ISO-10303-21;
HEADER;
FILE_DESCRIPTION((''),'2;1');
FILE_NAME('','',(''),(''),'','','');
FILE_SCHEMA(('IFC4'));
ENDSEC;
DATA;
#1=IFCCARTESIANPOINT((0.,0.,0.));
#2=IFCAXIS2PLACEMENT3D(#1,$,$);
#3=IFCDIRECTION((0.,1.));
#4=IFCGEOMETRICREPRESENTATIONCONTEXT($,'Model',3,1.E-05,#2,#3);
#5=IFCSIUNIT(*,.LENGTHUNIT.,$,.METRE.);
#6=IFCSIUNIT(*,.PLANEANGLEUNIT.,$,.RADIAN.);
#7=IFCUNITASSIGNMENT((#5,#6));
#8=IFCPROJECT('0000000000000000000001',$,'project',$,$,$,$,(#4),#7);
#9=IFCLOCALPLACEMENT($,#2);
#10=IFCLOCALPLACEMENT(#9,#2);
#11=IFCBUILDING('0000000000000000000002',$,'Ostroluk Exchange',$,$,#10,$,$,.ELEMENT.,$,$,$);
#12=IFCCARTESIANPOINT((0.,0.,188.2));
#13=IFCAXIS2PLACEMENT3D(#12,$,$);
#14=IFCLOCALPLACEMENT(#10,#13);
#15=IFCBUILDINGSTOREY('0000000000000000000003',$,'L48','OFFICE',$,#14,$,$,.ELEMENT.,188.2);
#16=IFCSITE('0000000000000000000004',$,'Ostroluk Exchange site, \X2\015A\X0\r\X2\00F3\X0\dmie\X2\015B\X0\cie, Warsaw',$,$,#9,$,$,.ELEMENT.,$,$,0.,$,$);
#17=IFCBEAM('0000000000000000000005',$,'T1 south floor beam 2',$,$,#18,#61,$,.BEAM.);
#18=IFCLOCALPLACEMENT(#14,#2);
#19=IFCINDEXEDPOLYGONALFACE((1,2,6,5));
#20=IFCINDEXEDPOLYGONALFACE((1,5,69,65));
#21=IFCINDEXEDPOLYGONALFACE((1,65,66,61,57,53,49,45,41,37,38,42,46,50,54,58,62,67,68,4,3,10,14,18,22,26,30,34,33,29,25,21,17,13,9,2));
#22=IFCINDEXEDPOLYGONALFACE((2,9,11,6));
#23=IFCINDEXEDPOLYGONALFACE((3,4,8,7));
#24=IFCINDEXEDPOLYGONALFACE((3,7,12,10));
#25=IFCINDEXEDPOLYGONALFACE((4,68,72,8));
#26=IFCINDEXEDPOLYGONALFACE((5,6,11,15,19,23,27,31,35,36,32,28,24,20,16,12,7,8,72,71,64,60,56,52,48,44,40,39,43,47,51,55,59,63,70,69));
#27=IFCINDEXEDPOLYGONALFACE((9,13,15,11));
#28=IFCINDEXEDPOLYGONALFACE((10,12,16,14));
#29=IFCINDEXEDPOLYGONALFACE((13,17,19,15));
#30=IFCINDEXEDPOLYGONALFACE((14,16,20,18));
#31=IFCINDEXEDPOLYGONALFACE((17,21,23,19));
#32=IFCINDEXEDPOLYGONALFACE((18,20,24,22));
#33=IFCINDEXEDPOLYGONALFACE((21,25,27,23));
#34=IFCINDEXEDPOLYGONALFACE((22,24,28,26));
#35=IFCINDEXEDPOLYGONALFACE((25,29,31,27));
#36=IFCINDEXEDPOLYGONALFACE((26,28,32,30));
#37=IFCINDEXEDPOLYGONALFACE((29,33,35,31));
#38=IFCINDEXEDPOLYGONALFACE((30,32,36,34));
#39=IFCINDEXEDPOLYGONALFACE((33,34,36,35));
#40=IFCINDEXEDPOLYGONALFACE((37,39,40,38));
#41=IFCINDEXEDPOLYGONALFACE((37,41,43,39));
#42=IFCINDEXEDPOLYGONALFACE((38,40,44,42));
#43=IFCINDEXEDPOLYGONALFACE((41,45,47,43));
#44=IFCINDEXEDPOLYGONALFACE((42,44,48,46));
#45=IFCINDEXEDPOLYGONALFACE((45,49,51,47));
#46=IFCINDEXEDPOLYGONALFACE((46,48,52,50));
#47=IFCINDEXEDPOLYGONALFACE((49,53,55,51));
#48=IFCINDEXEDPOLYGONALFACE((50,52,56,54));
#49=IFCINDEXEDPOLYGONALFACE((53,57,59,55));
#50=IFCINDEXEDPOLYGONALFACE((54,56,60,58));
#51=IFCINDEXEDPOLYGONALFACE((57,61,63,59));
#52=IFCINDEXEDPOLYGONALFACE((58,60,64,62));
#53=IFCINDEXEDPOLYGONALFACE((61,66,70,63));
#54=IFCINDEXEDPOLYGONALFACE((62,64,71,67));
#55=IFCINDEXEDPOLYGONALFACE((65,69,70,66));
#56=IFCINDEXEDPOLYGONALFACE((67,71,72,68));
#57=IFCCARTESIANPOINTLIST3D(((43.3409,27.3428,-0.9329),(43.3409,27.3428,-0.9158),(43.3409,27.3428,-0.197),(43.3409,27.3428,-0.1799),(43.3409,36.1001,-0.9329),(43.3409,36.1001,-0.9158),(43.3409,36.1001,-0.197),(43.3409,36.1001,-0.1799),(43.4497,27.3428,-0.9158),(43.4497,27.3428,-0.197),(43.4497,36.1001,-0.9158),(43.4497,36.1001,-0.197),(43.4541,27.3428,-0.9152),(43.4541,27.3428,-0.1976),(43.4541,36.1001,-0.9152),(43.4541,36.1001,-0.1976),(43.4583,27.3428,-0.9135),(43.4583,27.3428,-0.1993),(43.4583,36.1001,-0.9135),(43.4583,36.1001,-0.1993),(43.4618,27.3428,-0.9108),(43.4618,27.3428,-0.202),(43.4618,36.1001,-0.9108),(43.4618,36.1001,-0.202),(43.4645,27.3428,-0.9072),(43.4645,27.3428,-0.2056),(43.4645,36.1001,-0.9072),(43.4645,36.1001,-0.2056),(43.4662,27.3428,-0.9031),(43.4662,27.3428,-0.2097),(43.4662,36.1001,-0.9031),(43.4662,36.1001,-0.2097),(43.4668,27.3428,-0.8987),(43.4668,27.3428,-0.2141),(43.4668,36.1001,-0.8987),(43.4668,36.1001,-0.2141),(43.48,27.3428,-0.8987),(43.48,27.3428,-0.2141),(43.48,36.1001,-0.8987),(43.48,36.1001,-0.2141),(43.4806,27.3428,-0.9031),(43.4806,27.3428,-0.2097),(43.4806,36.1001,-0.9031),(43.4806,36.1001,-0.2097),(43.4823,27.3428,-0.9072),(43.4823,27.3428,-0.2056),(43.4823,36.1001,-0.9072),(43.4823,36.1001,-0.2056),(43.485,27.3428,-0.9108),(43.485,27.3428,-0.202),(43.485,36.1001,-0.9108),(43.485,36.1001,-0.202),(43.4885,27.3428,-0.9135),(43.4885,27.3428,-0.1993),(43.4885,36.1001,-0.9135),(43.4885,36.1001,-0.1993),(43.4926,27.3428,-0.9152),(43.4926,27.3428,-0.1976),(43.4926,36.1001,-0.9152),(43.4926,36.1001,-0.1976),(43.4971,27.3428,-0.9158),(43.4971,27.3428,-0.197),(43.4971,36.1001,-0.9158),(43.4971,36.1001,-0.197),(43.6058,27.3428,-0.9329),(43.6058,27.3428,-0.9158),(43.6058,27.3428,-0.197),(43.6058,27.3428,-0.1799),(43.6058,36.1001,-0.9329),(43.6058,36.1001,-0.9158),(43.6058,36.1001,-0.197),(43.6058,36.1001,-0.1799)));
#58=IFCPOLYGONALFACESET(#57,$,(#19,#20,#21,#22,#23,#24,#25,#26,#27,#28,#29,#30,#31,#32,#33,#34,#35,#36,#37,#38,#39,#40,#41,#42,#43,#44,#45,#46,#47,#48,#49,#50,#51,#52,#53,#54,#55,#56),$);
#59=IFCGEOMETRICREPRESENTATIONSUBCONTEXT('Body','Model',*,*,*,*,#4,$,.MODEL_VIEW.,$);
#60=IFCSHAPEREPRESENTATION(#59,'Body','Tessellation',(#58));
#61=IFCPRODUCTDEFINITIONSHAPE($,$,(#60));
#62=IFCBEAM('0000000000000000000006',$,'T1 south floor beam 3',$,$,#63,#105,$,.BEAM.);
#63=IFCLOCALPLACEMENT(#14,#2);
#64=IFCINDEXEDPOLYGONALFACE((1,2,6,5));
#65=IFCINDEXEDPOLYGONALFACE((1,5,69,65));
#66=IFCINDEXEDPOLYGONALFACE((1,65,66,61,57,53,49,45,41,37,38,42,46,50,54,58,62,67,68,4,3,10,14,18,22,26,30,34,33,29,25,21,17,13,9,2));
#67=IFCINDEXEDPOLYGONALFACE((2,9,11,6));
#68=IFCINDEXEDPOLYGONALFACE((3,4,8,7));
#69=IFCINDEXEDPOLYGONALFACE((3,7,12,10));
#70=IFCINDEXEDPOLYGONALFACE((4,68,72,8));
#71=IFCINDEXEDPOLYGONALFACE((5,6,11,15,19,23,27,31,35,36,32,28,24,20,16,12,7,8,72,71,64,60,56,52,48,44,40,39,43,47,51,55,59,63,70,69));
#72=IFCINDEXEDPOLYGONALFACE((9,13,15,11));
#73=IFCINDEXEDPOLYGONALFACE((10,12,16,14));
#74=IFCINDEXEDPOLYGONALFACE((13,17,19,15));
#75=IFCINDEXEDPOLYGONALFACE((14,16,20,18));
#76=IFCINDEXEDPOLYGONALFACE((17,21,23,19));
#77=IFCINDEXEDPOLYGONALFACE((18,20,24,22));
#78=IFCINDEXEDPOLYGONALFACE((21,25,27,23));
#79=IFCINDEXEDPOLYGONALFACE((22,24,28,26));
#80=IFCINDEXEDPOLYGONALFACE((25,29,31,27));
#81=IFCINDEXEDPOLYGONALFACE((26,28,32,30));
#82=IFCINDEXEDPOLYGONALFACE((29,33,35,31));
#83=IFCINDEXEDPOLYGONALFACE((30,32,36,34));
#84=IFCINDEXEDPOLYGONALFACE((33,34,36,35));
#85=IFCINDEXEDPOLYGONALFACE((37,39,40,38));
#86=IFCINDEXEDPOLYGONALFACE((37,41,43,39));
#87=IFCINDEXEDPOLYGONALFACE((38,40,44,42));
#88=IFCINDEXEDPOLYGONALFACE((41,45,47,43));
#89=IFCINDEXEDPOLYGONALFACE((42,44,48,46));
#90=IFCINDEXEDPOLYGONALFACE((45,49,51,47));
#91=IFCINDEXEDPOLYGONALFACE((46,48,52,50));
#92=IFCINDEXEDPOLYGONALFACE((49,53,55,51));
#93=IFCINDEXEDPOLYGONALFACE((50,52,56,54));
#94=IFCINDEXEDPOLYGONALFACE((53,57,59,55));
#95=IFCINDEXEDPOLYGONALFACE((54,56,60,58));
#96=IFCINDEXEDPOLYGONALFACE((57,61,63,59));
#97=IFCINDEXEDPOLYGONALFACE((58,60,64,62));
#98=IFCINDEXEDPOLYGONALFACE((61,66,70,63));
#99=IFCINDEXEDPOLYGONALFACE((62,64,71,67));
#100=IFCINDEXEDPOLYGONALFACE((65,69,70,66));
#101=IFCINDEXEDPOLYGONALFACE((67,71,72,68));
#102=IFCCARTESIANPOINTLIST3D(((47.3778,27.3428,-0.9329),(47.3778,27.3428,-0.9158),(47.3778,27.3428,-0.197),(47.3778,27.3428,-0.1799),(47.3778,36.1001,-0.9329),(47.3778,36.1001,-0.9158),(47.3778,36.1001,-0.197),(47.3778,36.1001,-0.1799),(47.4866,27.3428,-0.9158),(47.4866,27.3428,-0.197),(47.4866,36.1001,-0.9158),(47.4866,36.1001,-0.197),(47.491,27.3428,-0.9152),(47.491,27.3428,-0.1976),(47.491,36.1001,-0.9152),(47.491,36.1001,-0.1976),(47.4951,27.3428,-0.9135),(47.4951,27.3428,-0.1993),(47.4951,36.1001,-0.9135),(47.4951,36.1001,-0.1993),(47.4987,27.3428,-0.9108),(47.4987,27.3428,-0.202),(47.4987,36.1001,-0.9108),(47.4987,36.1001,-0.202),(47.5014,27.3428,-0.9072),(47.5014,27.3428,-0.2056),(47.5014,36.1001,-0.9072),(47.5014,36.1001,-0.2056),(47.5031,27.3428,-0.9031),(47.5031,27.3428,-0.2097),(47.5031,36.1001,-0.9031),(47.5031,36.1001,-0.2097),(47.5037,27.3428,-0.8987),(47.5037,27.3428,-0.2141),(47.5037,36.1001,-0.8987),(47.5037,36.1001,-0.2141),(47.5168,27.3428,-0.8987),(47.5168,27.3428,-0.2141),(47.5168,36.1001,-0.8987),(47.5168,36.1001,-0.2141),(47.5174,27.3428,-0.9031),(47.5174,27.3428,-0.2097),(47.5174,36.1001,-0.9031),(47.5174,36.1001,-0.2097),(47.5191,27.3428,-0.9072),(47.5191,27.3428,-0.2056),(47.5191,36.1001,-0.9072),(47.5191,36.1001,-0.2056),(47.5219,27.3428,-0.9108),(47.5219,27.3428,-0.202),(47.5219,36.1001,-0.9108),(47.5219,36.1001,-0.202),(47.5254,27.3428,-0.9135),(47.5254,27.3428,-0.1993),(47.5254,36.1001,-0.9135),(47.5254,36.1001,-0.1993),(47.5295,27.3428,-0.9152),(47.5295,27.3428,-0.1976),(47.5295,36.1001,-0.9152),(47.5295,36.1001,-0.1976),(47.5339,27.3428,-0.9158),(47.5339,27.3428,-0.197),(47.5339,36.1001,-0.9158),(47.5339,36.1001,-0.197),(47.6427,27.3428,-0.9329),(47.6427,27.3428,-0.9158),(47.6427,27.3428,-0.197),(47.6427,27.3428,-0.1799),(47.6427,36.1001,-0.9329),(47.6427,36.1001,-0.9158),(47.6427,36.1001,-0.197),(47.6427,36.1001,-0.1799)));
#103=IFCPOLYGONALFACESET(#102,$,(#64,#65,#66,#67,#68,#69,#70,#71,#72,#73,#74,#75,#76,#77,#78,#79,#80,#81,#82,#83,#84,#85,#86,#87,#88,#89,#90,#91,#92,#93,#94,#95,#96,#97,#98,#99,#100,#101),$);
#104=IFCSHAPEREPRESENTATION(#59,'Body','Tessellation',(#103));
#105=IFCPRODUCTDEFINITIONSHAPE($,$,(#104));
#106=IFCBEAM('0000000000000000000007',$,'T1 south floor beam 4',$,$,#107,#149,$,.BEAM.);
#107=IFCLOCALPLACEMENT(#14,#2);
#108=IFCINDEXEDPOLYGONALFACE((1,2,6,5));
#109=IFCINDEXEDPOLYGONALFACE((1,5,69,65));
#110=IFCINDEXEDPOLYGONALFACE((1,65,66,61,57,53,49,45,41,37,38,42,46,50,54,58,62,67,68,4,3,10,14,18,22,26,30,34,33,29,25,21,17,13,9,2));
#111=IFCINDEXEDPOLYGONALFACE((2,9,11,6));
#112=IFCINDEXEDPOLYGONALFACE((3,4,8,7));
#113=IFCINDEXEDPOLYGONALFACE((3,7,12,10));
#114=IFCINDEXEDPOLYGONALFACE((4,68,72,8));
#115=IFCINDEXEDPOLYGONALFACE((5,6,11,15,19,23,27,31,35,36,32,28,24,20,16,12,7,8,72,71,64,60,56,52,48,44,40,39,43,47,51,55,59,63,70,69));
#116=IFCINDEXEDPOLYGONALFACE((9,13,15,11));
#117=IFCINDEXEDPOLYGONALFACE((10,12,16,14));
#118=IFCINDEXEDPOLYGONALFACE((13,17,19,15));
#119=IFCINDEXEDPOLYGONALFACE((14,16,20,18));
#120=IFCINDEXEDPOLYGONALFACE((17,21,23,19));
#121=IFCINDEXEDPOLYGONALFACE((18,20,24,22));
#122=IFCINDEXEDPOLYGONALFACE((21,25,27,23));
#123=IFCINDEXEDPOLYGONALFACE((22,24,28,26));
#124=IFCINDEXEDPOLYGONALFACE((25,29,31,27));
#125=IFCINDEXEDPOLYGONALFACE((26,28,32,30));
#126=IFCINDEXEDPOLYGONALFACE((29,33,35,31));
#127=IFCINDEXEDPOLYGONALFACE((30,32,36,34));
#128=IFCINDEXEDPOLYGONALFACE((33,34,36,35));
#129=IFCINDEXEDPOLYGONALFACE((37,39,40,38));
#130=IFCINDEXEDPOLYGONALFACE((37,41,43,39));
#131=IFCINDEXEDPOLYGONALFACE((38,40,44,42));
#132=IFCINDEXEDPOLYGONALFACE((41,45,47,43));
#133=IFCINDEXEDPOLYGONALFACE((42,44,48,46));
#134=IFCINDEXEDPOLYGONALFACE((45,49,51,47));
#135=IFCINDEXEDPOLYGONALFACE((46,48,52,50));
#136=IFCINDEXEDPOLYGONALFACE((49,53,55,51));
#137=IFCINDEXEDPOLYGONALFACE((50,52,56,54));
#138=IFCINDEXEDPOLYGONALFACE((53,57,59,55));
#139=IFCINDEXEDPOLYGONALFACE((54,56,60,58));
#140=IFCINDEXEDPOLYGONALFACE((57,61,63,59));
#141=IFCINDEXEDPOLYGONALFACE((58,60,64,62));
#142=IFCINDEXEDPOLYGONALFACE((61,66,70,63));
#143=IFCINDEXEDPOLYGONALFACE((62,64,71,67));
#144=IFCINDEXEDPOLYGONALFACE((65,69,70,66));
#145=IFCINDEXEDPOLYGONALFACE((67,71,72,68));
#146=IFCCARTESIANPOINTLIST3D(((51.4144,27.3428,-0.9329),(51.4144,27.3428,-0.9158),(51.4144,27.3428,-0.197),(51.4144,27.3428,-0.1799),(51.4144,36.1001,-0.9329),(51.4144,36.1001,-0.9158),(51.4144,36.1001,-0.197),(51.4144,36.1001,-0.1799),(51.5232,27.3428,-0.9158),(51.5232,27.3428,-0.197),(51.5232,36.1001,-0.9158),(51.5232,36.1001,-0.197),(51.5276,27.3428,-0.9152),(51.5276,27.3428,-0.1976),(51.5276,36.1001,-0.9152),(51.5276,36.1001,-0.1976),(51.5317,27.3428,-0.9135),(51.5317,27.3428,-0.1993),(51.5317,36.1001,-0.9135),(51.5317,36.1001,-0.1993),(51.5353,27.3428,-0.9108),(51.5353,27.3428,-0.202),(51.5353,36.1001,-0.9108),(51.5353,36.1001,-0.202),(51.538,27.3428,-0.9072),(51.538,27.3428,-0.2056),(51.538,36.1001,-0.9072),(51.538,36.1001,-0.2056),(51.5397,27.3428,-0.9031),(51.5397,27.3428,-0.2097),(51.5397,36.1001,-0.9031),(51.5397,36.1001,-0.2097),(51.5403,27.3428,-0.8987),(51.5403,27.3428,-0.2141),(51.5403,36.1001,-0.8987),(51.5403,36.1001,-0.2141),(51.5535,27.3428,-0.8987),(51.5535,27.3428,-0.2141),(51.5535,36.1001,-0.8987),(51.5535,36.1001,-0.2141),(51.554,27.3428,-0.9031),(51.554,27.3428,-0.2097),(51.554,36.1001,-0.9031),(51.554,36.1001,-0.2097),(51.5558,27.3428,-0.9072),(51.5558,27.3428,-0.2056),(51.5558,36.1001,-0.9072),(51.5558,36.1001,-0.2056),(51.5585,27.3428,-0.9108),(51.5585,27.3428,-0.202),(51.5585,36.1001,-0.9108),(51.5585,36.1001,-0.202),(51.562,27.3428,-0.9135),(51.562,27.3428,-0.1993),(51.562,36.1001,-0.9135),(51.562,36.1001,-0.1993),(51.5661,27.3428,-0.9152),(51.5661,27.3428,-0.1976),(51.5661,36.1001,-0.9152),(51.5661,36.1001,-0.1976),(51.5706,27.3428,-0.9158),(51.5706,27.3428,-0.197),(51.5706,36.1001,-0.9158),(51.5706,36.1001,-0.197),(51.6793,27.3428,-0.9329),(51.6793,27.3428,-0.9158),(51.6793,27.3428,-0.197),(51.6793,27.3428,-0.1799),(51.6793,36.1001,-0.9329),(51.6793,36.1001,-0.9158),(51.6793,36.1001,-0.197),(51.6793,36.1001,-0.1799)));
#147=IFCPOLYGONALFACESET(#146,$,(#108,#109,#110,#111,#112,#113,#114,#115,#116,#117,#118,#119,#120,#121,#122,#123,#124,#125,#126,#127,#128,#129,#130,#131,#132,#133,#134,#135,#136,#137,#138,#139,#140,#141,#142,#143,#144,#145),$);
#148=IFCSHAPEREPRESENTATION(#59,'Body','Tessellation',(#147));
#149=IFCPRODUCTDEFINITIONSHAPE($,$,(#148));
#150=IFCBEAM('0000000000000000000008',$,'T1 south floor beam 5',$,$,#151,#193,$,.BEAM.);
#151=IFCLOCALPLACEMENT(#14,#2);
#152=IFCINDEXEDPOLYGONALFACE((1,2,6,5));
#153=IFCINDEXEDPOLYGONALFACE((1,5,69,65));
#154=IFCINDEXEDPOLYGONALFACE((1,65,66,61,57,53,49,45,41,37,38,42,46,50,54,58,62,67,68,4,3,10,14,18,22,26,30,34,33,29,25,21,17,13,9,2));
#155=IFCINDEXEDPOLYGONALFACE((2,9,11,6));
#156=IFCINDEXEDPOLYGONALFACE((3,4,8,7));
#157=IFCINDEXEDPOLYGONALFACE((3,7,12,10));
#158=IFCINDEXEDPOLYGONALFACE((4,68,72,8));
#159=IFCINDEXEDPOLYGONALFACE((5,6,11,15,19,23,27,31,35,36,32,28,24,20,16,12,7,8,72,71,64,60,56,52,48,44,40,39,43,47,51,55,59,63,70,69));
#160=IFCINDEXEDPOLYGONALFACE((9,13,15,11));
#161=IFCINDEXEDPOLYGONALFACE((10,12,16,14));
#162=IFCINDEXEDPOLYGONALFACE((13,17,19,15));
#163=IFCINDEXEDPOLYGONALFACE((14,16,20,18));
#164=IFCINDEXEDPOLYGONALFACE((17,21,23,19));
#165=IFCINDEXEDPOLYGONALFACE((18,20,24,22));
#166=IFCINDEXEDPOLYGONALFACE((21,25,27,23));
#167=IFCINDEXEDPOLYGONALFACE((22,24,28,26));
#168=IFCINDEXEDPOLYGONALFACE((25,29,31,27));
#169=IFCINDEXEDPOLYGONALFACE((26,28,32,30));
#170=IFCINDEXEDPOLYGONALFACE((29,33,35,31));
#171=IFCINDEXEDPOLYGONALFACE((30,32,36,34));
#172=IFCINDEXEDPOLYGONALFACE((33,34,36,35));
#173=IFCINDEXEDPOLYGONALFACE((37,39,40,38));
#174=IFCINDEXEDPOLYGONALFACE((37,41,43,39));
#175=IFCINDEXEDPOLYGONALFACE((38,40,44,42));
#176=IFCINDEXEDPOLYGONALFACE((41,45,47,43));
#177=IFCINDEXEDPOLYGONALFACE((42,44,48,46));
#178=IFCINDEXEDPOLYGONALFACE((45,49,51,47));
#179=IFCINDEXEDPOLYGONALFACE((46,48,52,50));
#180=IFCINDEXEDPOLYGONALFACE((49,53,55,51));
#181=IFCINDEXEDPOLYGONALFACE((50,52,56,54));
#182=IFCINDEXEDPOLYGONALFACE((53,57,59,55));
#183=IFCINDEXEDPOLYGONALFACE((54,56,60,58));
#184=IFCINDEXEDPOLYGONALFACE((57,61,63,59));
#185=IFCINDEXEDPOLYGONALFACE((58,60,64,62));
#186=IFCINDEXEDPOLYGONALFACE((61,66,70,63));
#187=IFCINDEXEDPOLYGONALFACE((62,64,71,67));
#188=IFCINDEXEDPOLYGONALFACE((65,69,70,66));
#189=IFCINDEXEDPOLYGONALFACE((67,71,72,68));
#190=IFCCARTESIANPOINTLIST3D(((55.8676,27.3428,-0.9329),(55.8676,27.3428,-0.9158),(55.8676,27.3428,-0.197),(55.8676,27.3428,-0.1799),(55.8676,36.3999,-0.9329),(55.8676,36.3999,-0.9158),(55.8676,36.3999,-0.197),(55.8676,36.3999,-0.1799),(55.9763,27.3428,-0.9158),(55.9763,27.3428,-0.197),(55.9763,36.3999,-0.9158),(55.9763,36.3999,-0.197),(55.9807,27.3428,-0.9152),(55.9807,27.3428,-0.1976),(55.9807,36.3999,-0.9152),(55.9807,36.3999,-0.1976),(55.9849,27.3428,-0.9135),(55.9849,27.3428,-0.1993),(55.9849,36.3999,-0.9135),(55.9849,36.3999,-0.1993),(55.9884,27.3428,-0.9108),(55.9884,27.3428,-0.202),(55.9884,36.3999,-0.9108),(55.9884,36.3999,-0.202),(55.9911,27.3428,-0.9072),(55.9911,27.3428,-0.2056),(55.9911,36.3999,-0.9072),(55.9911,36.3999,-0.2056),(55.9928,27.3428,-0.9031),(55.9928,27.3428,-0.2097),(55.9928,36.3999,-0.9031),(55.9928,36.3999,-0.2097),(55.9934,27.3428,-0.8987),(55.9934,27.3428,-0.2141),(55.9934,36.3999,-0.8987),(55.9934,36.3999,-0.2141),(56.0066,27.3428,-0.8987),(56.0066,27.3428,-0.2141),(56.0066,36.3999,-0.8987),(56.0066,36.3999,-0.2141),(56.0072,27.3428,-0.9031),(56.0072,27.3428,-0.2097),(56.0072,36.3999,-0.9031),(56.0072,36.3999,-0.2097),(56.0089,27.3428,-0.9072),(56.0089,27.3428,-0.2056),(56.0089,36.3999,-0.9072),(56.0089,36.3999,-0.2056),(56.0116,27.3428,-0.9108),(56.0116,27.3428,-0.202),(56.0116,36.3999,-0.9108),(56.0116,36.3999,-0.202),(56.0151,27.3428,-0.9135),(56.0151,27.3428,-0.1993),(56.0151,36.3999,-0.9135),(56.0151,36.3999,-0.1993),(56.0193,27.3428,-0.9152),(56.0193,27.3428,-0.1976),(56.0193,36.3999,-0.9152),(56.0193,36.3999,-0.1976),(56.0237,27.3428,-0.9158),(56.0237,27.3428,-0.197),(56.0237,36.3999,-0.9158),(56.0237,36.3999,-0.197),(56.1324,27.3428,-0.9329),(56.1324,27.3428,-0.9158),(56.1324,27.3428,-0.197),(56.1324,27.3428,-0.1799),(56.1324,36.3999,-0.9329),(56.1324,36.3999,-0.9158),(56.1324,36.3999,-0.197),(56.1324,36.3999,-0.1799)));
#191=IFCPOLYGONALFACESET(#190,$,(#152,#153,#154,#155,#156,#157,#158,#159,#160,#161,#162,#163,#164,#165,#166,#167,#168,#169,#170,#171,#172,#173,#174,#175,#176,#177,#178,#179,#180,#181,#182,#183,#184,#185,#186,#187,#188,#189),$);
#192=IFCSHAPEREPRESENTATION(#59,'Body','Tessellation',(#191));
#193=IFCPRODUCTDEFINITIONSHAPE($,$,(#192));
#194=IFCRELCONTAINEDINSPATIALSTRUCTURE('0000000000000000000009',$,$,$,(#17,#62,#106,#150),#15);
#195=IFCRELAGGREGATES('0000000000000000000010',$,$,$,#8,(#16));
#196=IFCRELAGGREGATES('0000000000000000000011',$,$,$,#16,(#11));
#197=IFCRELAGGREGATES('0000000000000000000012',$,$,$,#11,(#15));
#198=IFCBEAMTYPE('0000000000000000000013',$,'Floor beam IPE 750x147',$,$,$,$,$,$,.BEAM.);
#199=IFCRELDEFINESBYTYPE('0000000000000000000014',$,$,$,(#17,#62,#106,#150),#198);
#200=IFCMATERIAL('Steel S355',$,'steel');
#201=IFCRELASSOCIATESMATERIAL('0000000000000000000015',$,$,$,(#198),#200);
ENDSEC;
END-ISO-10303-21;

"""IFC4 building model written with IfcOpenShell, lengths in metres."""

from ifc_helpers import new_model, si_unit, direction, frame, origin, origin_2d, place, context, subcontext, project, spatial, i_section, extrude, material, material_profile, profile_set, type_object, element, save


model = new_model("IFC4")

# Units and contexts
model_context = context("Model", 3, precision=1e-05, world=origin(), true_north=direction((0.0, 1.0)))
body_context = subcontext(model_context, "Body", "Model", "MODEL_VIEW")
ifc_project = project(units=[si_unit("LENGTHUNIT", "METRE"), si_unit("PLANEANGLEUNIT", "RADIAN")], contexts=[model_context])

# Site, building, storey
site_placement = place(None, origin())
site = spatial("IfcSite", under=ifc_project, at=site_placement, Name="Ostroluk Exchange site, Śródmieście, Warsaw", CompositionType="ELEMENT", RefElevation=0.0)
building_placement = place(site_placement, origin())
building = spatial("IfcBuilding", under=site, at=building_placement, Name="Ostroluk Exchange", CompositionType="ELEMENT")
storey_placement = place(building_placement, frame((0.0, 0.0, 188.2)))
storey = spatial("IfcBuildingStorey", under=building, at=storey_placement, Name="L48", Description="OFFICE", CompositionType="ELEMENT", Elevation=188.2)

# Beams
ifc_material_1 = material(Name="Steel S355", Category="steel")
ifc_material_profile_1 = material_profile(ifc_material_1, i_section(OverallWidth=0.2649, OverallDepth=0.7529, WebThickness=0.0132, FlangeThickness=0.0171, FilletRadius=0.0171, at=origin_2d()), Name="IPE 750x147")
ifc_profile_set_1 = profile_set([ifc_material_profile_1], Name="Steel S355")
beam_type_1 = type_object("IfcBeamType", Name="Floor beam IPE 750x147", PredefinedType="BEAM", material=ifc_profile_set_1)
for number, where, z_axis, x_axis, name in (
    (1, (43.4734, 36.1001, -0.5564), (0.0, -1.0, 0.0), (1.0, 0.0, 0.0), "T1 south floor beam 2"),
    (2, (47.5103, 36.1001, -0.5564), (0.0, -1.0, 0.0), (1.0, 0.0, 0.0), "T1 south floor beam 3"),
    (3, (51.5469, 36.1001, -0.5564), (0.0, -1.0, 0.0), (1.0, 0.0, 0.0), "T1 south floor beam 4"),
):
    element("IfcBeam", number, at=place(storey_placement, frame(where, z_axis=z_axis, x_axis=x_axis)), inside=storey, type_object=beam_type_1, Name=name, PredefinedType="BEAM", context=body_context, shape_type="SweptSolid", body=[
        extrude(i_section(OverallWidth=0.2649, OverallDepth=0.7529, WebThickness=0.0132, FlangeThickness=0.0171, FilletRadius=0.0171, at=origin_2d()), origin(), (0.0, 0.0, 1.0), 8.7573),
    ])
beam_1_placement = place(storey_placement, frame((56.0, 36.3999, -0.5564), z_axis=(0.0, -1.0, 0.0), x_axis=(1.0, 0.0, 0.0)))
element("IfcBeam", 4, at=beam_1_placement, inside=storey, type_object=beam_type_1, Name="T1 south floor beam 5", PredefinedType="BEAM", context=body_context, shape_type="SweptSolid", body=[
    extrude(i_section(OverallWidth=0.2649, OverallDepth=0.7529, WebThickness=0.0132, FlangeThickness=0.0171, FilletRadius=0.0171, at=origin_2d()), origin(), (0.0, 0.0, 1.0), 9.0571),
])

save(model, "model.ifc")
